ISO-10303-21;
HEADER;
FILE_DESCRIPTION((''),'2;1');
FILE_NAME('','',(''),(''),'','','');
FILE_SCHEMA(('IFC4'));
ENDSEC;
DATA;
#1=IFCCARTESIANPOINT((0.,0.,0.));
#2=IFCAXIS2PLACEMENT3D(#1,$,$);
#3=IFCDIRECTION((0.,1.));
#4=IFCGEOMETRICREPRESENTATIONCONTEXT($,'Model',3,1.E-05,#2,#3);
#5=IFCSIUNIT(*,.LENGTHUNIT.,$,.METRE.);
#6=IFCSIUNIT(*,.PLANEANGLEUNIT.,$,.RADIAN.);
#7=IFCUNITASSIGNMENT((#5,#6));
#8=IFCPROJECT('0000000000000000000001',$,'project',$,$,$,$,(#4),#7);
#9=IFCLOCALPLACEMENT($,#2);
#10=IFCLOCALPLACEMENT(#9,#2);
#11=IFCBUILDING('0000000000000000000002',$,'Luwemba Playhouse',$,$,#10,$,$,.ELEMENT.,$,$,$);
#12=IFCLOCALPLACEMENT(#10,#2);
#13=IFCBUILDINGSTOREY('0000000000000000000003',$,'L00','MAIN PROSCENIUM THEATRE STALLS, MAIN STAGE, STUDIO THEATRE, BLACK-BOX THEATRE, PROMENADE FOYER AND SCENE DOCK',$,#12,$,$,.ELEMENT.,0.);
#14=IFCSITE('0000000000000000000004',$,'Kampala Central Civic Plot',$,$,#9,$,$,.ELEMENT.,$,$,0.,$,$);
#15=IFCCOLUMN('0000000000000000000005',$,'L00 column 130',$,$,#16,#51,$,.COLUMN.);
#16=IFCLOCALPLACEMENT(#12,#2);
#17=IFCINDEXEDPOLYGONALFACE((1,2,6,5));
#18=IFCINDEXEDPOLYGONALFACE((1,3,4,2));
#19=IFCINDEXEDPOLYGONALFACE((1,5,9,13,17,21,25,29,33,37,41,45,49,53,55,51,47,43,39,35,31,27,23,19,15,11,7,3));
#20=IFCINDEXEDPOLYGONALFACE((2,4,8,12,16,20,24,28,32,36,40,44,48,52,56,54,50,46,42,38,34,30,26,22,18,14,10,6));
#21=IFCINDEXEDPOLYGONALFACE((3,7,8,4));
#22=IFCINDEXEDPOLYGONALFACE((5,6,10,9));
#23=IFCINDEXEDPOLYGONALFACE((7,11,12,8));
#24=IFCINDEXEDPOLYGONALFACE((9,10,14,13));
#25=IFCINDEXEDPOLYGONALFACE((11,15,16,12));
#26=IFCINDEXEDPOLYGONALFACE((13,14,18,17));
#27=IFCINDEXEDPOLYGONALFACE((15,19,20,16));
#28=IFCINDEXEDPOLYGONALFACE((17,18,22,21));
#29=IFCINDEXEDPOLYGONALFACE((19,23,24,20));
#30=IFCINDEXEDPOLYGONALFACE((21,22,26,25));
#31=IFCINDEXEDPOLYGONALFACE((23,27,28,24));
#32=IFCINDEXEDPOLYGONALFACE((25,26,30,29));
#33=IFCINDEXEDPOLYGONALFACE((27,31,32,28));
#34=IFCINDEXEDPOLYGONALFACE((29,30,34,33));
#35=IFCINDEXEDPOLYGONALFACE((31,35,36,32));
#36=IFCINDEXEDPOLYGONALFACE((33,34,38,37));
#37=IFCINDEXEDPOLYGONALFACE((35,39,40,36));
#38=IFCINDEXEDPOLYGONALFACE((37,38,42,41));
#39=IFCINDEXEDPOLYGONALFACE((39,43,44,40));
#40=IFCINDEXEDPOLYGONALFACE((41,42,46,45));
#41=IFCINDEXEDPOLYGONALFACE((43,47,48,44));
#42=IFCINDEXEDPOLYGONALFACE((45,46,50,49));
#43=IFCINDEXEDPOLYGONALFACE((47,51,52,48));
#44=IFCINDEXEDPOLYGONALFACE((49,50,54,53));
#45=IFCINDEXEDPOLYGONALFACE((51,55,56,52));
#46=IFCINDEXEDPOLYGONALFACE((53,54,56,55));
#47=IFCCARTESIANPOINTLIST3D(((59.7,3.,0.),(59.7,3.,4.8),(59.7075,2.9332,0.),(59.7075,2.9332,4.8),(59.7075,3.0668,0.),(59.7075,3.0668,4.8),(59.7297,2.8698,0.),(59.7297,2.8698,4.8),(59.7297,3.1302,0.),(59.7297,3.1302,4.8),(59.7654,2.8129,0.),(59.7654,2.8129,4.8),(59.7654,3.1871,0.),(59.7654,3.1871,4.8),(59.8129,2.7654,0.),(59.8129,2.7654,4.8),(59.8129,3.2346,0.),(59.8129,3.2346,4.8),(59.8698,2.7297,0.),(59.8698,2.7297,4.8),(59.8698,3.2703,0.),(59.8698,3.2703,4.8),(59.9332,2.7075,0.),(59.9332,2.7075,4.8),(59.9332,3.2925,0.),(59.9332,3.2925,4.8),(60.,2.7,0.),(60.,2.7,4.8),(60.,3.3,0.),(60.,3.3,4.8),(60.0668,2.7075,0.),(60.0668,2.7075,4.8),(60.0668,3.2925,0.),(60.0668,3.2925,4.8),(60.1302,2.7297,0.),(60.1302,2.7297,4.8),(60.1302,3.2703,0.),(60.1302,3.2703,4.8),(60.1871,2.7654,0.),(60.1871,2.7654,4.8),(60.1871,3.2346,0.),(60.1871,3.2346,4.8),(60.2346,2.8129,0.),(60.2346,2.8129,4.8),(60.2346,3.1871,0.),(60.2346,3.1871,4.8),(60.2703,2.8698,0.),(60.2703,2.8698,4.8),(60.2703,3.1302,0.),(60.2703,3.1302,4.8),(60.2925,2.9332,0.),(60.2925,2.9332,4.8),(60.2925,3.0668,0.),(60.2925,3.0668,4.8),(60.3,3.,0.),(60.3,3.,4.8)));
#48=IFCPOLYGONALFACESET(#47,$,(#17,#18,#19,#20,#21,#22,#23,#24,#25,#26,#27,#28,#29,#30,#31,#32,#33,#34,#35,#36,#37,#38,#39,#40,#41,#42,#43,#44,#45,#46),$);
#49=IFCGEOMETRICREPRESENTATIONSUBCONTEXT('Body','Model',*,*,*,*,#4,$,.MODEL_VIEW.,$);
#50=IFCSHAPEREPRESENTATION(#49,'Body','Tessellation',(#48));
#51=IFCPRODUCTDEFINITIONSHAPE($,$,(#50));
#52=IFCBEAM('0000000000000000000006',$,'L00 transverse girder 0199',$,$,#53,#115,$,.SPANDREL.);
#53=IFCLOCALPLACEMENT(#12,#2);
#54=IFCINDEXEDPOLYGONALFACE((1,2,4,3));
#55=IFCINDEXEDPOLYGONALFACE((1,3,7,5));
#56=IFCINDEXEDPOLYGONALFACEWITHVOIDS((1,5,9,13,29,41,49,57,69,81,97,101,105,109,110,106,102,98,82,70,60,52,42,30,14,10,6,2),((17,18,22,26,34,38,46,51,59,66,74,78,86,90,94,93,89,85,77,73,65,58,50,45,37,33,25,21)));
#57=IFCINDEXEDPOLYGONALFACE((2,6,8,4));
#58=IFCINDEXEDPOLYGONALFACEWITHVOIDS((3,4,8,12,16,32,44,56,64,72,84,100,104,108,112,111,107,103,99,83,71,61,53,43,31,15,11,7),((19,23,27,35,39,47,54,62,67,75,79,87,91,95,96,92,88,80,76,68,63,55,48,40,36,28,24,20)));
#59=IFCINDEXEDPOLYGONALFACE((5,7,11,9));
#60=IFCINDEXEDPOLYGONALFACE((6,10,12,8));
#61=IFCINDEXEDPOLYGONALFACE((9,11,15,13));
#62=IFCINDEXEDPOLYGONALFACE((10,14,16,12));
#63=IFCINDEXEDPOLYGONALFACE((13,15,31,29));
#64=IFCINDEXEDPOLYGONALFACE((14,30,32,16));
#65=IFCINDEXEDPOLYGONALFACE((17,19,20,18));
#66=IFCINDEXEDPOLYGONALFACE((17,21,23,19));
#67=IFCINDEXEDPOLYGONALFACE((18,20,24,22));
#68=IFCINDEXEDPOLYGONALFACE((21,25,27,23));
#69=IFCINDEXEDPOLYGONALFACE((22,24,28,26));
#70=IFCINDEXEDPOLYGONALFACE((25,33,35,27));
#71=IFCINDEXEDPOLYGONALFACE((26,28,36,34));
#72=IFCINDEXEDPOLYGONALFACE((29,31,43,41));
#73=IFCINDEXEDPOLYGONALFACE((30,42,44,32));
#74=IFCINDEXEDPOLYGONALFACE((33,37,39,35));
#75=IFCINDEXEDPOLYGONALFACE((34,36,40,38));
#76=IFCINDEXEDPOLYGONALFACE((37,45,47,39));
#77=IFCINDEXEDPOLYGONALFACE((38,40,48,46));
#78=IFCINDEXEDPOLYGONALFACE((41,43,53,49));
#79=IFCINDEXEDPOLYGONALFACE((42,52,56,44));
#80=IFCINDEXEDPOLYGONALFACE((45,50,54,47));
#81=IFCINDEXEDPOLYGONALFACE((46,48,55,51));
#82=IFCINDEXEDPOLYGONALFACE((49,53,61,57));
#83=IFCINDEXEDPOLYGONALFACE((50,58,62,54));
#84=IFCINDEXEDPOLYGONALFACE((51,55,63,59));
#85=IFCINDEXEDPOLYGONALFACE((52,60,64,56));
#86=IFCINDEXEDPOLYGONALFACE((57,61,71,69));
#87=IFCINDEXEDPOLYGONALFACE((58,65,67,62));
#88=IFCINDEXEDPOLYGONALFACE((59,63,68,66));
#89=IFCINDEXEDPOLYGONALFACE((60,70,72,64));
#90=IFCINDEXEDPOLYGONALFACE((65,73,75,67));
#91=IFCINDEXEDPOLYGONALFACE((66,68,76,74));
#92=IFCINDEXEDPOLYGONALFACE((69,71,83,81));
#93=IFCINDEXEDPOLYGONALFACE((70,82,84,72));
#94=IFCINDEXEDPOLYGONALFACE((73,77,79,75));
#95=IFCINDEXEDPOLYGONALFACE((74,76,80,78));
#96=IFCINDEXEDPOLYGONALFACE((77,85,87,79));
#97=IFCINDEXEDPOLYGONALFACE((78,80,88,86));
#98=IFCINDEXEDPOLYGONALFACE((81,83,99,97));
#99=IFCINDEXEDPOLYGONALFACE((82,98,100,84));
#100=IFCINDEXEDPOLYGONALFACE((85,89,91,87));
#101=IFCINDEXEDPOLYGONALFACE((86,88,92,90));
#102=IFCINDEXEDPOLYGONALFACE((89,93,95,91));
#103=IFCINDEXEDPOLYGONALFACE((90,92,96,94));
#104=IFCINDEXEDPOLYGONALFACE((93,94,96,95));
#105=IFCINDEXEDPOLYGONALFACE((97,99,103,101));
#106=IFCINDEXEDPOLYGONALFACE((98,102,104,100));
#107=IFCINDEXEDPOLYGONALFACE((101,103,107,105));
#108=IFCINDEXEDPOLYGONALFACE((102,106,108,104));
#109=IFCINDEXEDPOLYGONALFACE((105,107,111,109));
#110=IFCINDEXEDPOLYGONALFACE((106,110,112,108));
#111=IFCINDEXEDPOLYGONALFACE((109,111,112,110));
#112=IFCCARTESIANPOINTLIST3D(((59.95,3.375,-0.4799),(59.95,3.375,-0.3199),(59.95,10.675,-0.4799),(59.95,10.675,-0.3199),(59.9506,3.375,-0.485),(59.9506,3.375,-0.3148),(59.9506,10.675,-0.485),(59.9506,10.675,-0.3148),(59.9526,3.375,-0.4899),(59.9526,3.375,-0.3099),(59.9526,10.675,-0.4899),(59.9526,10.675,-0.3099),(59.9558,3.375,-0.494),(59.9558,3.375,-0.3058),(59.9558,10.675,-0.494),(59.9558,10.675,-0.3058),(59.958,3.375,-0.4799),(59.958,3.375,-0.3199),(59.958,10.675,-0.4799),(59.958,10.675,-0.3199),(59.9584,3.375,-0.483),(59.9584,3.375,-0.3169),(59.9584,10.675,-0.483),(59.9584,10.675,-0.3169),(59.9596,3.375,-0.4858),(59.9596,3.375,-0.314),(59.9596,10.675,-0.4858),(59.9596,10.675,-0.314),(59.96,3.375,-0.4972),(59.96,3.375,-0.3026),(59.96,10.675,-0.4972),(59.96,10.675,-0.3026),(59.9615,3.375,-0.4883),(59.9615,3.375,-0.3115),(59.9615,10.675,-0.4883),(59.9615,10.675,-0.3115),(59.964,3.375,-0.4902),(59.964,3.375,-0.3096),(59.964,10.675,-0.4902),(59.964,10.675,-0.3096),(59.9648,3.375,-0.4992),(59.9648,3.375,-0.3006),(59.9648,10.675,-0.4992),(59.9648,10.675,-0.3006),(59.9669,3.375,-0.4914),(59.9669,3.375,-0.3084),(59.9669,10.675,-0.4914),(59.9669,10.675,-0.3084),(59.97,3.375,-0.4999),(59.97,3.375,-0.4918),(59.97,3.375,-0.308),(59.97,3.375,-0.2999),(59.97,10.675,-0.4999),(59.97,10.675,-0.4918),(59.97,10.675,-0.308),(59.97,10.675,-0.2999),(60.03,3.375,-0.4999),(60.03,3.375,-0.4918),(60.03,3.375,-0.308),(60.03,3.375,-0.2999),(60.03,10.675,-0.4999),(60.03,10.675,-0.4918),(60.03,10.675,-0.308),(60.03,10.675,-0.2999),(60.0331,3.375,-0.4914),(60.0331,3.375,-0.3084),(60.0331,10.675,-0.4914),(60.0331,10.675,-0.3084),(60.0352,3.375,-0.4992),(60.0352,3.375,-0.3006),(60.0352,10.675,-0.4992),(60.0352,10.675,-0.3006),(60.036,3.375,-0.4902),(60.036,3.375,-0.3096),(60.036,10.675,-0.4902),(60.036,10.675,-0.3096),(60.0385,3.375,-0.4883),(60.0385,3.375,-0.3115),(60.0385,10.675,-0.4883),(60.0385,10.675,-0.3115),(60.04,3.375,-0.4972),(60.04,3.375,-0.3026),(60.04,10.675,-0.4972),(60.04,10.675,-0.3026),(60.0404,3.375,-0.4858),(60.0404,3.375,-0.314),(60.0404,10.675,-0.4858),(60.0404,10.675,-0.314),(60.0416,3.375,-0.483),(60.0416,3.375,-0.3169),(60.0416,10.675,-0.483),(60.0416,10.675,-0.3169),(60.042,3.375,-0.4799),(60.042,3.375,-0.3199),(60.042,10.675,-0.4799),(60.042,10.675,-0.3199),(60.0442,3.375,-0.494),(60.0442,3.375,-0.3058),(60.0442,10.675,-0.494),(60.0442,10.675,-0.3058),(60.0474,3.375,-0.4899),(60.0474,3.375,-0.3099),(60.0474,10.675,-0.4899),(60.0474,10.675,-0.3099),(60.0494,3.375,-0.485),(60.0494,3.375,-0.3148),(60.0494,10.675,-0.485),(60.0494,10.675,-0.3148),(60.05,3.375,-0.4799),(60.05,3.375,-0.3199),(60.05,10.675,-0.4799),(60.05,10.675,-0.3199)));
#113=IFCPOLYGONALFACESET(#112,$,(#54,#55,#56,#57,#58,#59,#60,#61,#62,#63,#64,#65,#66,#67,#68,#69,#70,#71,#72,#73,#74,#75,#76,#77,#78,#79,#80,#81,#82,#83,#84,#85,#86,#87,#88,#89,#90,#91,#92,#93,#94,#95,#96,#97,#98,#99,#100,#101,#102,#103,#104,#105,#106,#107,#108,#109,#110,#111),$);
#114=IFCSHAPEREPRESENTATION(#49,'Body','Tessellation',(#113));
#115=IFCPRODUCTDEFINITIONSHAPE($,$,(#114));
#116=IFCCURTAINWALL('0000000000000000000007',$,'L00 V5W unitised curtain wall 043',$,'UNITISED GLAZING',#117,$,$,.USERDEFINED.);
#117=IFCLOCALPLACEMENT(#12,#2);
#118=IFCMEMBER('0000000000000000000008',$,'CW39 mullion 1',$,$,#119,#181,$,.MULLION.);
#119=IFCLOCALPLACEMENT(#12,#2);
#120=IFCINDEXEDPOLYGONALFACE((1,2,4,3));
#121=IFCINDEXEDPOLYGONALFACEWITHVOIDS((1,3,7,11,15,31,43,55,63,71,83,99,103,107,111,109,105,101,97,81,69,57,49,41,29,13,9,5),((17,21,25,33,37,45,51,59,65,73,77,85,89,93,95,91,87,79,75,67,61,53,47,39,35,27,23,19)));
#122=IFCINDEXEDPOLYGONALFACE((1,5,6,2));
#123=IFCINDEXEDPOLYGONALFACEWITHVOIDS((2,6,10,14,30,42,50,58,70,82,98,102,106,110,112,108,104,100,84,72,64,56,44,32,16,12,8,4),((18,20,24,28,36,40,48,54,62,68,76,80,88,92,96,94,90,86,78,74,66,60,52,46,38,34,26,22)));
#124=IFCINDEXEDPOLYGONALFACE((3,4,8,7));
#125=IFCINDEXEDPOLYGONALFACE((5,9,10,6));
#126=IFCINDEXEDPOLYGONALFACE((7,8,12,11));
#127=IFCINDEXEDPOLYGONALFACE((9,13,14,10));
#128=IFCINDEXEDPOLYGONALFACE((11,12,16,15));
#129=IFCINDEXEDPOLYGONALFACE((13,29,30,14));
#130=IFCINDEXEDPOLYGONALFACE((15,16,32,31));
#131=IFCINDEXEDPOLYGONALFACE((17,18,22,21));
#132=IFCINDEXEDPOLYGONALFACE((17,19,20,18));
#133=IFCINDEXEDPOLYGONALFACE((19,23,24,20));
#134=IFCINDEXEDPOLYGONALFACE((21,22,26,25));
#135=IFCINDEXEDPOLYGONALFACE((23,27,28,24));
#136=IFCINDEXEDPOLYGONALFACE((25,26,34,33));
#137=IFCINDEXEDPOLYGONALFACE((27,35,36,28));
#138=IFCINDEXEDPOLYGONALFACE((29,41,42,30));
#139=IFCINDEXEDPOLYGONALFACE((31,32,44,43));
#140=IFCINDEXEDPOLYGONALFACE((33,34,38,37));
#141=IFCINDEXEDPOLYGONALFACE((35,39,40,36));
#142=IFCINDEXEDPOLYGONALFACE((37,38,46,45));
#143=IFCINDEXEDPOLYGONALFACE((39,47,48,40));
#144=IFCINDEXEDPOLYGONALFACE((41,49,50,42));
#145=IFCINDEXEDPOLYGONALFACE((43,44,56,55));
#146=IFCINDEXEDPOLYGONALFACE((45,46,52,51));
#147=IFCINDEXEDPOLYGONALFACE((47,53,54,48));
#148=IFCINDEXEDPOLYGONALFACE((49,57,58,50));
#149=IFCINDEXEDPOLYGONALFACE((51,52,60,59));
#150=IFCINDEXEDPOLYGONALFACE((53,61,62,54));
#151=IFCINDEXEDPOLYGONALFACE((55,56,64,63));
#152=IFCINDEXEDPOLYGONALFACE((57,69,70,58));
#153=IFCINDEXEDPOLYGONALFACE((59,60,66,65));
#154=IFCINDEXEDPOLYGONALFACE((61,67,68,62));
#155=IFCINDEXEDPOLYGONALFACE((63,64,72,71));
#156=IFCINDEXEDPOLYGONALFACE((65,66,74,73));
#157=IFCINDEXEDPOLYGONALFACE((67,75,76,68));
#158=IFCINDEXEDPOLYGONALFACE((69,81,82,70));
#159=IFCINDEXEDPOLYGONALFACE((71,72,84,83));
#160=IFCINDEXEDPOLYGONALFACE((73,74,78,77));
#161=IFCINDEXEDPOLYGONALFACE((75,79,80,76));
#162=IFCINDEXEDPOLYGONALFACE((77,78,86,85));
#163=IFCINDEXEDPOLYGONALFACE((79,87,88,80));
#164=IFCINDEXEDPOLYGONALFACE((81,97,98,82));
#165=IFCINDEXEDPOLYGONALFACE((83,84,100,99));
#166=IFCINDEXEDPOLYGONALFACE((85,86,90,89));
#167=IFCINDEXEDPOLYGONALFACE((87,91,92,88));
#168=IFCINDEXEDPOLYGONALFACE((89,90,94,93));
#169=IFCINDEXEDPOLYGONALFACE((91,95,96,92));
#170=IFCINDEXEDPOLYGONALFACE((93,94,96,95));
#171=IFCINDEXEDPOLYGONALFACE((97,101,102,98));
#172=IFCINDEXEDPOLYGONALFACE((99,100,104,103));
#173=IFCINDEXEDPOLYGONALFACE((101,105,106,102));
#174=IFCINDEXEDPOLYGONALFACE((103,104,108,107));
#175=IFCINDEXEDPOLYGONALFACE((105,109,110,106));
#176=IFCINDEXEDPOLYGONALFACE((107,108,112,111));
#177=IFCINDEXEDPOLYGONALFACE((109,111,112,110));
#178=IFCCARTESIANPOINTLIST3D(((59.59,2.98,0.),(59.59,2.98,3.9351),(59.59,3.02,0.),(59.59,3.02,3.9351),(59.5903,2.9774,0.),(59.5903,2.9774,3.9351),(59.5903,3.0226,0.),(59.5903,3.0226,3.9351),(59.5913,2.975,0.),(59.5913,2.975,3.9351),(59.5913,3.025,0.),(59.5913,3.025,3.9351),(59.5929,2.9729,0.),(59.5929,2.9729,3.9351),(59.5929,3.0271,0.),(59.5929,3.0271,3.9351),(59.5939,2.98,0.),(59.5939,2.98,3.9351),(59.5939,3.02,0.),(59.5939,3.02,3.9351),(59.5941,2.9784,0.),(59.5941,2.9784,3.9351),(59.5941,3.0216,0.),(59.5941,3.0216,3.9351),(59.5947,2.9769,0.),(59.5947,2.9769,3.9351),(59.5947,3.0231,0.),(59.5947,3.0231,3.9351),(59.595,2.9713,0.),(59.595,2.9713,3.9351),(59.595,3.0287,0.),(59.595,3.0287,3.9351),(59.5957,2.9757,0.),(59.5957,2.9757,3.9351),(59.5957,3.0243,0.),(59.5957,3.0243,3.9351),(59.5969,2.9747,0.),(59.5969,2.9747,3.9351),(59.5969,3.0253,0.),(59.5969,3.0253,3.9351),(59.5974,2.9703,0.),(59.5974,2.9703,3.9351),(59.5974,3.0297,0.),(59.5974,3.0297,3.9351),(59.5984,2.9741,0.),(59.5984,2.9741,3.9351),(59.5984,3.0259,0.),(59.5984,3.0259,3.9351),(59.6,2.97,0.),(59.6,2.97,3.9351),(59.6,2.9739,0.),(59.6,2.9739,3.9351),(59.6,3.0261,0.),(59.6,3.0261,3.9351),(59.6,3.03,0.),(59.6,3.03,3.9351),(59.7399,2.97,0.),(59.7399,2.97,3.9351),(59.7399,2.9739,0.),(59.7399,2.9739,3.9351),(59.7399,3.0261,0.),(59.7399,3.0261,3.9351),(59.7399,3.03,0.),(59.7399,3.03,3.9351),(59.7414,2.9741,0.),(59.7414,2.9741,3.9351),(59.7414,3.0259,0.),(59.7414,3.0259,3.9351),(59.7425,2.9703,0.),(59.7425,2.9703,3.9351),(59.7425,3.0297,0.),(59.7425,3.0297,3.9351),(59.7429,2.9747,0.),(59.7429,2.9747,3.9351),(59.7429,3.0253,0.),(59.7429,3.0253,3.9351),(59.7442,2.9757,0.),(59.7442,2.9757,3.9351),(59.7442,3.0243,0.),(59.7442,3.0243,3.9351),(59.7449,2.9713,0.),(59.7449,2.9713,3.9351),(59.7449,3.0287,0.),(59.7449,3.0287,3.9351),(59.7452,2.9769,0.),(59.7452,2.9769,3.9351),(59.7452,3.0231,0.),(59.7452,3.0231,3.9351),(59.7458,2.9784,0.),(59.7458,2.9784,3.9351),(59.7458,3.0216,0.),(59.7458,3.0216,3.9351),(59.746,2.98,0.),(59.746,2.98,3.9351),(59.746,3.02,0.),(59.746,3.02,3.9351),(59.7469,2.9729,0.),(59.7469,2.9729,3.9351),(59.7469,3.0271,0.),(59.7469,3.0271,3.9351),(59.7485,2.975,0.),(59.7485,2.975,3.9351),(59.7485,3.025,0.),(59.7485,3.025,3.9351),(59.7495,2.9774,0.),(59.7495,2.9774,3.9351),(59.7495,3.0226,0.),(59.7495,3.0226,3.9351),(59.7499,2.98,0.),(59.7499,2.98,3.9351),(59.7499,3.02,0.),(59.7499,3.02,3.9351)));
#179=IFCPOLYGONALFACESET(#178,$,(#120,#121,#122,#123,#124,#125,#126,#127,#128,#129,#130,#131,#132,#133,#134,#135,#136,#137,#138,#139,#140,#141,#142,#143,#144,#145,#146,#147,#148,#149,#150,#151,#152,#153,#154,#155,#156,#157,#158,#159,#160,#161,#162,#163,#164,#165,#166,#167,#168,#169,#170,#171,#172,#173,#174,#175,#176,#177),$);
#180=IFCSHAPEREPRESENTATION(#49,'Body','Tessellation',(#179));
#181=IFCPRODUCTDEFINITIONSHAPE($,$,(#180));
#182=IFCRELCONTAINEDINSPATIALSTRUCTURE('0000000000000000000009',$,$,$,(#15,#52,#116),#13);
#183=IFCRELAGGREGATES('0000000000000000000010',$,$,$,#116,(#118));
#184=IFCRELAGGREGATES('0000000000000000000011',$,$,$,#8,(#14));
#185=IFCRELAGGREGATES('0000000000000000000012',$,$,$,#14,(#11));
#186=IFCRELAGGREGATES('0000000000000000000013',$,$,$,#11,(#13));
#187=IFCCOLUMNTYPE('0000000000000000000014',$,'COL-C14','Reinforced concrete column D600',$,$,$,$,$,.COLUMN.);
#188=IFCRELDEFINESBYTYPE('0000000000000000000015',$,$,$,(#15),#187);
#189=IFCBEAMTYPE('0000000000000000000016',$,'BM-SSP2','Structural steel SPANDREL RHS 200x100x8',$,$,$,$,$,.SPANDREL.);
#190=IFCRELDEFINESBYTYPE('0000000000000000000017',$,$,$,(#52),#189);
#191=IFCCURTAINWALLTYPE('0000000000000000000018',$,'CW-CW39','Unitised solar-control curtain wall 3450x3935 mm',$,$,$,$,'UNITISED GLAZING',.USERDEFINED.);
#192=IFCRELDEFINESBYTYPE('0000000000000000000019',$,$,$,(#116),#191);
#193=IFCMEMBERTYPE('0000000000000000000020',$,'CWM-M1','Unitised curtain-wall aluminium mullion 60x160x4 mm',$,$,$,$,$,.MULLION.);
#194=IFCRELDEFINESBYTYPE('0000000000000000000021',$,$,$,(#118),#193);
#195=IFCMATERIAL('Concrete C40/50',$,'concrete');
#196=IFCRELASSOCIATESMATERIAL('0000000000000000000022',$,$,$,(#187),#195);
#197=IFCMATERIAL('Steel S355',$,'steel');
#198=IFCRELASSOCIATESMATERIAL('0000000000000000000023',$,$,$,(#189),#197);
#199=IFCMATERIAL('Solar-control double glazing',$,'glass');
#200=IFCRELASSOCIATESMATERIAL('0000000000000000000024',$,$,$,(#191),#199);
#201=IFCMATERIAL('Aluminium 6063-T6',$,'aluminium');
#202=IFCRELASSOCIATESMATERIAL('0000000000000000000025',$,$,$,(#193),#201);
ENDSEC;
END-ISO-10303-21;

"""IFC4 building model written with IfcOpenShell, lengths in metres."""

from ifc_helpers import new_model, si_unit, direction, frame, origin, origin_2d, place, context, subcontext, project, spatial, hollow_rectangle, circle, extrude, material, material_profile, profile_set, type_object, element, aggregate, save


model = new_model("IFC4")

# Units and contexts
model_context = context("Model", 3, precision=1e-05, world=origin(), true_north=direction((0.0, 1.0)))
body_context = subcontext(model_context, "Body", "Model", "MODEL_VIEW")
ifc_project = project(units=[si_unit("LENGTHUNIT", "METRE"), si_unit("PLANEANGLEUNIT", "RADIAN")], contexts=[model_context])

# Site, building, storey
site_placement = place(None, origin())
site = spatial("IfcSite", under=ifc_project, at=site_placement, Name="Kampala Central Civic Plot", CompositionType="ELEMENT", RefElevation=0.0)
building_placement = place(site_placement, origin())
building = spatial("IfcBuilding", under=site, at=building_placement, Name="Luwemba Playhouse", CompositionType="ELEMENT")
storey_placement = place(building_placement, origin())
storey = spatial("IfcBuildingStorey", under=building, at=storey_placement, Name="L00", Description="MAIN PROSCENIUM THEATRE STALLS, MAIN STAGE, STUDIO THEATRE, BLACK-BOX THEATRE, PROMENADE FOYER AND SCENE DOCK", CompositionType="ELEMENT", Elevation=0.0)

# Column
ifc_material_1 = material(Name="Concrete C40/50", Category="concrete")
ifc_material_profile_1 = material_profile(ifc_material_1, circle(Radius=0.3, at=origin_2d()))
ifc_profile_set_1 = profile_set([ifc_material_profile_1], Name="Concrete C40/50")
column_type = type_object("IfcColumnType", Name="COL-C14", Description="Reinforced concrete column D600", PredefinedType="COLUMN", material=ifc_profile_set_1)
column_placement = place(storey_placement, frame((60.0, 3.0, 0.0), z_axis=(0.0, 0.0, 1.0), x_axis=(1.0, 0.0, 0.0)))
element("IfcColumn", 1, at=column_placement, inside=storey, type_object=column_type, Name="L00 column 130", PredefinedType="COLUMN", context=body_context, shape_type="SweptSolid", body=[
    extrude(circle(Radius=0.3, at=origin_2d()), origin(), (0.0, 0.0, 1.0), 4.8),
])

# Beam
ifc_material_2 = material(Name="Steel S355", Category="steel")
ifc_material_profile_2 = material_profile(ifc_material_2, hollow_rectangle(XDim=0.1001, YDim=0.2, WallThickness=0.0081, InnerFilletRadius=0.012, OuterFilletRadius=0.02, at=origin_2d()))
ifc_profile_set_2 = profile_set([ifc_material_profile_2], Name="Steel S355")
beam_type = type_object("IfcBeamType", Name="BM-SSP2", Description="Structural steel SPANDREL RHS 200x100x8", PredefinedType="SPANDREL", material=ifc_profile_set_2)
beam_placement = place(storey_placement, frame((60.0, 3.375, -0.3999), z_axis=(0.0, 1.0, 0.0), x_axis=(-1.0, 0.0, 0.0)))
element("IfcBeam", 2, at=beam_placement, inside=storey, type_object=beam_type, Name="L00 transverse girder 0199", PredefinedType="SPANDREL", context=body_context, shape_type="SweptSolid", body=[
    extrude(hollow_rectangle(XDim=0.1001, YDim=0.2, WallThickness=0.0081, InnerFilletRadius=0.012, OuterFilletRadius=0.02, at=origin_2d()), origin(), (0.0, 0.0, 1.0), 7.3),
])

# Curtain wall, member
ifc_material_3 = material(Name="Solar-control double glazing", Category="glass")
curtain_wall_type_1 = type_object("IfcCurtainWallType", Name="CW-CW39", Description="Unitised solar-control curtain wall 3450x3935 mm", ElementType="UNITISED GLAZING", PredefinedType="USERDEFINED", material=ifc_material_3)
curtain_wall_1_placement = place(storey_placement, origin())
curtain_wall_1 = element("IfcCurtainWall", 3, at=curtain_wall_1_placement, inside=storey, type_object=curtain_wall_type_1, Name="L00 V5W unitised curtain wall 043", ObjectType="UNITISED GLAZING", PredefinedType="USERDEFINED")
ifc_material_4 = material(Name="Aluminium 6063-T6", Category="aluminium")
ifc_material_profile_3 = material_profile(ifc_material_4, hollow_rectangle(XDim=0.0601, YDim=0.1599, WallThickness=0.0039, InnerFilletRadius=0.0061, OuterFilletRadius=0.01, at=origin_2d()))
ifc_profile_set_3 = profile_set([ifc_material_profile_3], Name="Aluminium 6063-T6")
member_type_1 = type_object("IfcMemberType", Name="CWM-M1", Description="Unitised curtain-wall aluminium mullion 60x160x4 mm", PredefinedType="MULLION", material=ifc_profile_set_3)
member_1_placement = place(storey_placement, frame((59.6699, 3.0, 0.0), z_axis=(0.0, 0.0, 1.0), x_axis=(0.0, -1.0, 0.0)))
member_1 = element("IfcMember", 4, at=member_1_placement, type_object=member_type_1, Name="CW39 mullion 1", PredefinedType="MULLION", context=body_context, shape_type="SweptSolid", body=[
    extrude(hollow_rectangle(XDim=0.0601, YDim=0.1599, WallThickness=0.0039, InnerFilletRadius=0.0061, OuterFilletRadius=0.01, at=origin_2d()), origin(), (0.0, 0.0, 1.0), 3.9351),
])

aggregate(curtain_wall_1, [member_1])

save(model, "model.ifc")
